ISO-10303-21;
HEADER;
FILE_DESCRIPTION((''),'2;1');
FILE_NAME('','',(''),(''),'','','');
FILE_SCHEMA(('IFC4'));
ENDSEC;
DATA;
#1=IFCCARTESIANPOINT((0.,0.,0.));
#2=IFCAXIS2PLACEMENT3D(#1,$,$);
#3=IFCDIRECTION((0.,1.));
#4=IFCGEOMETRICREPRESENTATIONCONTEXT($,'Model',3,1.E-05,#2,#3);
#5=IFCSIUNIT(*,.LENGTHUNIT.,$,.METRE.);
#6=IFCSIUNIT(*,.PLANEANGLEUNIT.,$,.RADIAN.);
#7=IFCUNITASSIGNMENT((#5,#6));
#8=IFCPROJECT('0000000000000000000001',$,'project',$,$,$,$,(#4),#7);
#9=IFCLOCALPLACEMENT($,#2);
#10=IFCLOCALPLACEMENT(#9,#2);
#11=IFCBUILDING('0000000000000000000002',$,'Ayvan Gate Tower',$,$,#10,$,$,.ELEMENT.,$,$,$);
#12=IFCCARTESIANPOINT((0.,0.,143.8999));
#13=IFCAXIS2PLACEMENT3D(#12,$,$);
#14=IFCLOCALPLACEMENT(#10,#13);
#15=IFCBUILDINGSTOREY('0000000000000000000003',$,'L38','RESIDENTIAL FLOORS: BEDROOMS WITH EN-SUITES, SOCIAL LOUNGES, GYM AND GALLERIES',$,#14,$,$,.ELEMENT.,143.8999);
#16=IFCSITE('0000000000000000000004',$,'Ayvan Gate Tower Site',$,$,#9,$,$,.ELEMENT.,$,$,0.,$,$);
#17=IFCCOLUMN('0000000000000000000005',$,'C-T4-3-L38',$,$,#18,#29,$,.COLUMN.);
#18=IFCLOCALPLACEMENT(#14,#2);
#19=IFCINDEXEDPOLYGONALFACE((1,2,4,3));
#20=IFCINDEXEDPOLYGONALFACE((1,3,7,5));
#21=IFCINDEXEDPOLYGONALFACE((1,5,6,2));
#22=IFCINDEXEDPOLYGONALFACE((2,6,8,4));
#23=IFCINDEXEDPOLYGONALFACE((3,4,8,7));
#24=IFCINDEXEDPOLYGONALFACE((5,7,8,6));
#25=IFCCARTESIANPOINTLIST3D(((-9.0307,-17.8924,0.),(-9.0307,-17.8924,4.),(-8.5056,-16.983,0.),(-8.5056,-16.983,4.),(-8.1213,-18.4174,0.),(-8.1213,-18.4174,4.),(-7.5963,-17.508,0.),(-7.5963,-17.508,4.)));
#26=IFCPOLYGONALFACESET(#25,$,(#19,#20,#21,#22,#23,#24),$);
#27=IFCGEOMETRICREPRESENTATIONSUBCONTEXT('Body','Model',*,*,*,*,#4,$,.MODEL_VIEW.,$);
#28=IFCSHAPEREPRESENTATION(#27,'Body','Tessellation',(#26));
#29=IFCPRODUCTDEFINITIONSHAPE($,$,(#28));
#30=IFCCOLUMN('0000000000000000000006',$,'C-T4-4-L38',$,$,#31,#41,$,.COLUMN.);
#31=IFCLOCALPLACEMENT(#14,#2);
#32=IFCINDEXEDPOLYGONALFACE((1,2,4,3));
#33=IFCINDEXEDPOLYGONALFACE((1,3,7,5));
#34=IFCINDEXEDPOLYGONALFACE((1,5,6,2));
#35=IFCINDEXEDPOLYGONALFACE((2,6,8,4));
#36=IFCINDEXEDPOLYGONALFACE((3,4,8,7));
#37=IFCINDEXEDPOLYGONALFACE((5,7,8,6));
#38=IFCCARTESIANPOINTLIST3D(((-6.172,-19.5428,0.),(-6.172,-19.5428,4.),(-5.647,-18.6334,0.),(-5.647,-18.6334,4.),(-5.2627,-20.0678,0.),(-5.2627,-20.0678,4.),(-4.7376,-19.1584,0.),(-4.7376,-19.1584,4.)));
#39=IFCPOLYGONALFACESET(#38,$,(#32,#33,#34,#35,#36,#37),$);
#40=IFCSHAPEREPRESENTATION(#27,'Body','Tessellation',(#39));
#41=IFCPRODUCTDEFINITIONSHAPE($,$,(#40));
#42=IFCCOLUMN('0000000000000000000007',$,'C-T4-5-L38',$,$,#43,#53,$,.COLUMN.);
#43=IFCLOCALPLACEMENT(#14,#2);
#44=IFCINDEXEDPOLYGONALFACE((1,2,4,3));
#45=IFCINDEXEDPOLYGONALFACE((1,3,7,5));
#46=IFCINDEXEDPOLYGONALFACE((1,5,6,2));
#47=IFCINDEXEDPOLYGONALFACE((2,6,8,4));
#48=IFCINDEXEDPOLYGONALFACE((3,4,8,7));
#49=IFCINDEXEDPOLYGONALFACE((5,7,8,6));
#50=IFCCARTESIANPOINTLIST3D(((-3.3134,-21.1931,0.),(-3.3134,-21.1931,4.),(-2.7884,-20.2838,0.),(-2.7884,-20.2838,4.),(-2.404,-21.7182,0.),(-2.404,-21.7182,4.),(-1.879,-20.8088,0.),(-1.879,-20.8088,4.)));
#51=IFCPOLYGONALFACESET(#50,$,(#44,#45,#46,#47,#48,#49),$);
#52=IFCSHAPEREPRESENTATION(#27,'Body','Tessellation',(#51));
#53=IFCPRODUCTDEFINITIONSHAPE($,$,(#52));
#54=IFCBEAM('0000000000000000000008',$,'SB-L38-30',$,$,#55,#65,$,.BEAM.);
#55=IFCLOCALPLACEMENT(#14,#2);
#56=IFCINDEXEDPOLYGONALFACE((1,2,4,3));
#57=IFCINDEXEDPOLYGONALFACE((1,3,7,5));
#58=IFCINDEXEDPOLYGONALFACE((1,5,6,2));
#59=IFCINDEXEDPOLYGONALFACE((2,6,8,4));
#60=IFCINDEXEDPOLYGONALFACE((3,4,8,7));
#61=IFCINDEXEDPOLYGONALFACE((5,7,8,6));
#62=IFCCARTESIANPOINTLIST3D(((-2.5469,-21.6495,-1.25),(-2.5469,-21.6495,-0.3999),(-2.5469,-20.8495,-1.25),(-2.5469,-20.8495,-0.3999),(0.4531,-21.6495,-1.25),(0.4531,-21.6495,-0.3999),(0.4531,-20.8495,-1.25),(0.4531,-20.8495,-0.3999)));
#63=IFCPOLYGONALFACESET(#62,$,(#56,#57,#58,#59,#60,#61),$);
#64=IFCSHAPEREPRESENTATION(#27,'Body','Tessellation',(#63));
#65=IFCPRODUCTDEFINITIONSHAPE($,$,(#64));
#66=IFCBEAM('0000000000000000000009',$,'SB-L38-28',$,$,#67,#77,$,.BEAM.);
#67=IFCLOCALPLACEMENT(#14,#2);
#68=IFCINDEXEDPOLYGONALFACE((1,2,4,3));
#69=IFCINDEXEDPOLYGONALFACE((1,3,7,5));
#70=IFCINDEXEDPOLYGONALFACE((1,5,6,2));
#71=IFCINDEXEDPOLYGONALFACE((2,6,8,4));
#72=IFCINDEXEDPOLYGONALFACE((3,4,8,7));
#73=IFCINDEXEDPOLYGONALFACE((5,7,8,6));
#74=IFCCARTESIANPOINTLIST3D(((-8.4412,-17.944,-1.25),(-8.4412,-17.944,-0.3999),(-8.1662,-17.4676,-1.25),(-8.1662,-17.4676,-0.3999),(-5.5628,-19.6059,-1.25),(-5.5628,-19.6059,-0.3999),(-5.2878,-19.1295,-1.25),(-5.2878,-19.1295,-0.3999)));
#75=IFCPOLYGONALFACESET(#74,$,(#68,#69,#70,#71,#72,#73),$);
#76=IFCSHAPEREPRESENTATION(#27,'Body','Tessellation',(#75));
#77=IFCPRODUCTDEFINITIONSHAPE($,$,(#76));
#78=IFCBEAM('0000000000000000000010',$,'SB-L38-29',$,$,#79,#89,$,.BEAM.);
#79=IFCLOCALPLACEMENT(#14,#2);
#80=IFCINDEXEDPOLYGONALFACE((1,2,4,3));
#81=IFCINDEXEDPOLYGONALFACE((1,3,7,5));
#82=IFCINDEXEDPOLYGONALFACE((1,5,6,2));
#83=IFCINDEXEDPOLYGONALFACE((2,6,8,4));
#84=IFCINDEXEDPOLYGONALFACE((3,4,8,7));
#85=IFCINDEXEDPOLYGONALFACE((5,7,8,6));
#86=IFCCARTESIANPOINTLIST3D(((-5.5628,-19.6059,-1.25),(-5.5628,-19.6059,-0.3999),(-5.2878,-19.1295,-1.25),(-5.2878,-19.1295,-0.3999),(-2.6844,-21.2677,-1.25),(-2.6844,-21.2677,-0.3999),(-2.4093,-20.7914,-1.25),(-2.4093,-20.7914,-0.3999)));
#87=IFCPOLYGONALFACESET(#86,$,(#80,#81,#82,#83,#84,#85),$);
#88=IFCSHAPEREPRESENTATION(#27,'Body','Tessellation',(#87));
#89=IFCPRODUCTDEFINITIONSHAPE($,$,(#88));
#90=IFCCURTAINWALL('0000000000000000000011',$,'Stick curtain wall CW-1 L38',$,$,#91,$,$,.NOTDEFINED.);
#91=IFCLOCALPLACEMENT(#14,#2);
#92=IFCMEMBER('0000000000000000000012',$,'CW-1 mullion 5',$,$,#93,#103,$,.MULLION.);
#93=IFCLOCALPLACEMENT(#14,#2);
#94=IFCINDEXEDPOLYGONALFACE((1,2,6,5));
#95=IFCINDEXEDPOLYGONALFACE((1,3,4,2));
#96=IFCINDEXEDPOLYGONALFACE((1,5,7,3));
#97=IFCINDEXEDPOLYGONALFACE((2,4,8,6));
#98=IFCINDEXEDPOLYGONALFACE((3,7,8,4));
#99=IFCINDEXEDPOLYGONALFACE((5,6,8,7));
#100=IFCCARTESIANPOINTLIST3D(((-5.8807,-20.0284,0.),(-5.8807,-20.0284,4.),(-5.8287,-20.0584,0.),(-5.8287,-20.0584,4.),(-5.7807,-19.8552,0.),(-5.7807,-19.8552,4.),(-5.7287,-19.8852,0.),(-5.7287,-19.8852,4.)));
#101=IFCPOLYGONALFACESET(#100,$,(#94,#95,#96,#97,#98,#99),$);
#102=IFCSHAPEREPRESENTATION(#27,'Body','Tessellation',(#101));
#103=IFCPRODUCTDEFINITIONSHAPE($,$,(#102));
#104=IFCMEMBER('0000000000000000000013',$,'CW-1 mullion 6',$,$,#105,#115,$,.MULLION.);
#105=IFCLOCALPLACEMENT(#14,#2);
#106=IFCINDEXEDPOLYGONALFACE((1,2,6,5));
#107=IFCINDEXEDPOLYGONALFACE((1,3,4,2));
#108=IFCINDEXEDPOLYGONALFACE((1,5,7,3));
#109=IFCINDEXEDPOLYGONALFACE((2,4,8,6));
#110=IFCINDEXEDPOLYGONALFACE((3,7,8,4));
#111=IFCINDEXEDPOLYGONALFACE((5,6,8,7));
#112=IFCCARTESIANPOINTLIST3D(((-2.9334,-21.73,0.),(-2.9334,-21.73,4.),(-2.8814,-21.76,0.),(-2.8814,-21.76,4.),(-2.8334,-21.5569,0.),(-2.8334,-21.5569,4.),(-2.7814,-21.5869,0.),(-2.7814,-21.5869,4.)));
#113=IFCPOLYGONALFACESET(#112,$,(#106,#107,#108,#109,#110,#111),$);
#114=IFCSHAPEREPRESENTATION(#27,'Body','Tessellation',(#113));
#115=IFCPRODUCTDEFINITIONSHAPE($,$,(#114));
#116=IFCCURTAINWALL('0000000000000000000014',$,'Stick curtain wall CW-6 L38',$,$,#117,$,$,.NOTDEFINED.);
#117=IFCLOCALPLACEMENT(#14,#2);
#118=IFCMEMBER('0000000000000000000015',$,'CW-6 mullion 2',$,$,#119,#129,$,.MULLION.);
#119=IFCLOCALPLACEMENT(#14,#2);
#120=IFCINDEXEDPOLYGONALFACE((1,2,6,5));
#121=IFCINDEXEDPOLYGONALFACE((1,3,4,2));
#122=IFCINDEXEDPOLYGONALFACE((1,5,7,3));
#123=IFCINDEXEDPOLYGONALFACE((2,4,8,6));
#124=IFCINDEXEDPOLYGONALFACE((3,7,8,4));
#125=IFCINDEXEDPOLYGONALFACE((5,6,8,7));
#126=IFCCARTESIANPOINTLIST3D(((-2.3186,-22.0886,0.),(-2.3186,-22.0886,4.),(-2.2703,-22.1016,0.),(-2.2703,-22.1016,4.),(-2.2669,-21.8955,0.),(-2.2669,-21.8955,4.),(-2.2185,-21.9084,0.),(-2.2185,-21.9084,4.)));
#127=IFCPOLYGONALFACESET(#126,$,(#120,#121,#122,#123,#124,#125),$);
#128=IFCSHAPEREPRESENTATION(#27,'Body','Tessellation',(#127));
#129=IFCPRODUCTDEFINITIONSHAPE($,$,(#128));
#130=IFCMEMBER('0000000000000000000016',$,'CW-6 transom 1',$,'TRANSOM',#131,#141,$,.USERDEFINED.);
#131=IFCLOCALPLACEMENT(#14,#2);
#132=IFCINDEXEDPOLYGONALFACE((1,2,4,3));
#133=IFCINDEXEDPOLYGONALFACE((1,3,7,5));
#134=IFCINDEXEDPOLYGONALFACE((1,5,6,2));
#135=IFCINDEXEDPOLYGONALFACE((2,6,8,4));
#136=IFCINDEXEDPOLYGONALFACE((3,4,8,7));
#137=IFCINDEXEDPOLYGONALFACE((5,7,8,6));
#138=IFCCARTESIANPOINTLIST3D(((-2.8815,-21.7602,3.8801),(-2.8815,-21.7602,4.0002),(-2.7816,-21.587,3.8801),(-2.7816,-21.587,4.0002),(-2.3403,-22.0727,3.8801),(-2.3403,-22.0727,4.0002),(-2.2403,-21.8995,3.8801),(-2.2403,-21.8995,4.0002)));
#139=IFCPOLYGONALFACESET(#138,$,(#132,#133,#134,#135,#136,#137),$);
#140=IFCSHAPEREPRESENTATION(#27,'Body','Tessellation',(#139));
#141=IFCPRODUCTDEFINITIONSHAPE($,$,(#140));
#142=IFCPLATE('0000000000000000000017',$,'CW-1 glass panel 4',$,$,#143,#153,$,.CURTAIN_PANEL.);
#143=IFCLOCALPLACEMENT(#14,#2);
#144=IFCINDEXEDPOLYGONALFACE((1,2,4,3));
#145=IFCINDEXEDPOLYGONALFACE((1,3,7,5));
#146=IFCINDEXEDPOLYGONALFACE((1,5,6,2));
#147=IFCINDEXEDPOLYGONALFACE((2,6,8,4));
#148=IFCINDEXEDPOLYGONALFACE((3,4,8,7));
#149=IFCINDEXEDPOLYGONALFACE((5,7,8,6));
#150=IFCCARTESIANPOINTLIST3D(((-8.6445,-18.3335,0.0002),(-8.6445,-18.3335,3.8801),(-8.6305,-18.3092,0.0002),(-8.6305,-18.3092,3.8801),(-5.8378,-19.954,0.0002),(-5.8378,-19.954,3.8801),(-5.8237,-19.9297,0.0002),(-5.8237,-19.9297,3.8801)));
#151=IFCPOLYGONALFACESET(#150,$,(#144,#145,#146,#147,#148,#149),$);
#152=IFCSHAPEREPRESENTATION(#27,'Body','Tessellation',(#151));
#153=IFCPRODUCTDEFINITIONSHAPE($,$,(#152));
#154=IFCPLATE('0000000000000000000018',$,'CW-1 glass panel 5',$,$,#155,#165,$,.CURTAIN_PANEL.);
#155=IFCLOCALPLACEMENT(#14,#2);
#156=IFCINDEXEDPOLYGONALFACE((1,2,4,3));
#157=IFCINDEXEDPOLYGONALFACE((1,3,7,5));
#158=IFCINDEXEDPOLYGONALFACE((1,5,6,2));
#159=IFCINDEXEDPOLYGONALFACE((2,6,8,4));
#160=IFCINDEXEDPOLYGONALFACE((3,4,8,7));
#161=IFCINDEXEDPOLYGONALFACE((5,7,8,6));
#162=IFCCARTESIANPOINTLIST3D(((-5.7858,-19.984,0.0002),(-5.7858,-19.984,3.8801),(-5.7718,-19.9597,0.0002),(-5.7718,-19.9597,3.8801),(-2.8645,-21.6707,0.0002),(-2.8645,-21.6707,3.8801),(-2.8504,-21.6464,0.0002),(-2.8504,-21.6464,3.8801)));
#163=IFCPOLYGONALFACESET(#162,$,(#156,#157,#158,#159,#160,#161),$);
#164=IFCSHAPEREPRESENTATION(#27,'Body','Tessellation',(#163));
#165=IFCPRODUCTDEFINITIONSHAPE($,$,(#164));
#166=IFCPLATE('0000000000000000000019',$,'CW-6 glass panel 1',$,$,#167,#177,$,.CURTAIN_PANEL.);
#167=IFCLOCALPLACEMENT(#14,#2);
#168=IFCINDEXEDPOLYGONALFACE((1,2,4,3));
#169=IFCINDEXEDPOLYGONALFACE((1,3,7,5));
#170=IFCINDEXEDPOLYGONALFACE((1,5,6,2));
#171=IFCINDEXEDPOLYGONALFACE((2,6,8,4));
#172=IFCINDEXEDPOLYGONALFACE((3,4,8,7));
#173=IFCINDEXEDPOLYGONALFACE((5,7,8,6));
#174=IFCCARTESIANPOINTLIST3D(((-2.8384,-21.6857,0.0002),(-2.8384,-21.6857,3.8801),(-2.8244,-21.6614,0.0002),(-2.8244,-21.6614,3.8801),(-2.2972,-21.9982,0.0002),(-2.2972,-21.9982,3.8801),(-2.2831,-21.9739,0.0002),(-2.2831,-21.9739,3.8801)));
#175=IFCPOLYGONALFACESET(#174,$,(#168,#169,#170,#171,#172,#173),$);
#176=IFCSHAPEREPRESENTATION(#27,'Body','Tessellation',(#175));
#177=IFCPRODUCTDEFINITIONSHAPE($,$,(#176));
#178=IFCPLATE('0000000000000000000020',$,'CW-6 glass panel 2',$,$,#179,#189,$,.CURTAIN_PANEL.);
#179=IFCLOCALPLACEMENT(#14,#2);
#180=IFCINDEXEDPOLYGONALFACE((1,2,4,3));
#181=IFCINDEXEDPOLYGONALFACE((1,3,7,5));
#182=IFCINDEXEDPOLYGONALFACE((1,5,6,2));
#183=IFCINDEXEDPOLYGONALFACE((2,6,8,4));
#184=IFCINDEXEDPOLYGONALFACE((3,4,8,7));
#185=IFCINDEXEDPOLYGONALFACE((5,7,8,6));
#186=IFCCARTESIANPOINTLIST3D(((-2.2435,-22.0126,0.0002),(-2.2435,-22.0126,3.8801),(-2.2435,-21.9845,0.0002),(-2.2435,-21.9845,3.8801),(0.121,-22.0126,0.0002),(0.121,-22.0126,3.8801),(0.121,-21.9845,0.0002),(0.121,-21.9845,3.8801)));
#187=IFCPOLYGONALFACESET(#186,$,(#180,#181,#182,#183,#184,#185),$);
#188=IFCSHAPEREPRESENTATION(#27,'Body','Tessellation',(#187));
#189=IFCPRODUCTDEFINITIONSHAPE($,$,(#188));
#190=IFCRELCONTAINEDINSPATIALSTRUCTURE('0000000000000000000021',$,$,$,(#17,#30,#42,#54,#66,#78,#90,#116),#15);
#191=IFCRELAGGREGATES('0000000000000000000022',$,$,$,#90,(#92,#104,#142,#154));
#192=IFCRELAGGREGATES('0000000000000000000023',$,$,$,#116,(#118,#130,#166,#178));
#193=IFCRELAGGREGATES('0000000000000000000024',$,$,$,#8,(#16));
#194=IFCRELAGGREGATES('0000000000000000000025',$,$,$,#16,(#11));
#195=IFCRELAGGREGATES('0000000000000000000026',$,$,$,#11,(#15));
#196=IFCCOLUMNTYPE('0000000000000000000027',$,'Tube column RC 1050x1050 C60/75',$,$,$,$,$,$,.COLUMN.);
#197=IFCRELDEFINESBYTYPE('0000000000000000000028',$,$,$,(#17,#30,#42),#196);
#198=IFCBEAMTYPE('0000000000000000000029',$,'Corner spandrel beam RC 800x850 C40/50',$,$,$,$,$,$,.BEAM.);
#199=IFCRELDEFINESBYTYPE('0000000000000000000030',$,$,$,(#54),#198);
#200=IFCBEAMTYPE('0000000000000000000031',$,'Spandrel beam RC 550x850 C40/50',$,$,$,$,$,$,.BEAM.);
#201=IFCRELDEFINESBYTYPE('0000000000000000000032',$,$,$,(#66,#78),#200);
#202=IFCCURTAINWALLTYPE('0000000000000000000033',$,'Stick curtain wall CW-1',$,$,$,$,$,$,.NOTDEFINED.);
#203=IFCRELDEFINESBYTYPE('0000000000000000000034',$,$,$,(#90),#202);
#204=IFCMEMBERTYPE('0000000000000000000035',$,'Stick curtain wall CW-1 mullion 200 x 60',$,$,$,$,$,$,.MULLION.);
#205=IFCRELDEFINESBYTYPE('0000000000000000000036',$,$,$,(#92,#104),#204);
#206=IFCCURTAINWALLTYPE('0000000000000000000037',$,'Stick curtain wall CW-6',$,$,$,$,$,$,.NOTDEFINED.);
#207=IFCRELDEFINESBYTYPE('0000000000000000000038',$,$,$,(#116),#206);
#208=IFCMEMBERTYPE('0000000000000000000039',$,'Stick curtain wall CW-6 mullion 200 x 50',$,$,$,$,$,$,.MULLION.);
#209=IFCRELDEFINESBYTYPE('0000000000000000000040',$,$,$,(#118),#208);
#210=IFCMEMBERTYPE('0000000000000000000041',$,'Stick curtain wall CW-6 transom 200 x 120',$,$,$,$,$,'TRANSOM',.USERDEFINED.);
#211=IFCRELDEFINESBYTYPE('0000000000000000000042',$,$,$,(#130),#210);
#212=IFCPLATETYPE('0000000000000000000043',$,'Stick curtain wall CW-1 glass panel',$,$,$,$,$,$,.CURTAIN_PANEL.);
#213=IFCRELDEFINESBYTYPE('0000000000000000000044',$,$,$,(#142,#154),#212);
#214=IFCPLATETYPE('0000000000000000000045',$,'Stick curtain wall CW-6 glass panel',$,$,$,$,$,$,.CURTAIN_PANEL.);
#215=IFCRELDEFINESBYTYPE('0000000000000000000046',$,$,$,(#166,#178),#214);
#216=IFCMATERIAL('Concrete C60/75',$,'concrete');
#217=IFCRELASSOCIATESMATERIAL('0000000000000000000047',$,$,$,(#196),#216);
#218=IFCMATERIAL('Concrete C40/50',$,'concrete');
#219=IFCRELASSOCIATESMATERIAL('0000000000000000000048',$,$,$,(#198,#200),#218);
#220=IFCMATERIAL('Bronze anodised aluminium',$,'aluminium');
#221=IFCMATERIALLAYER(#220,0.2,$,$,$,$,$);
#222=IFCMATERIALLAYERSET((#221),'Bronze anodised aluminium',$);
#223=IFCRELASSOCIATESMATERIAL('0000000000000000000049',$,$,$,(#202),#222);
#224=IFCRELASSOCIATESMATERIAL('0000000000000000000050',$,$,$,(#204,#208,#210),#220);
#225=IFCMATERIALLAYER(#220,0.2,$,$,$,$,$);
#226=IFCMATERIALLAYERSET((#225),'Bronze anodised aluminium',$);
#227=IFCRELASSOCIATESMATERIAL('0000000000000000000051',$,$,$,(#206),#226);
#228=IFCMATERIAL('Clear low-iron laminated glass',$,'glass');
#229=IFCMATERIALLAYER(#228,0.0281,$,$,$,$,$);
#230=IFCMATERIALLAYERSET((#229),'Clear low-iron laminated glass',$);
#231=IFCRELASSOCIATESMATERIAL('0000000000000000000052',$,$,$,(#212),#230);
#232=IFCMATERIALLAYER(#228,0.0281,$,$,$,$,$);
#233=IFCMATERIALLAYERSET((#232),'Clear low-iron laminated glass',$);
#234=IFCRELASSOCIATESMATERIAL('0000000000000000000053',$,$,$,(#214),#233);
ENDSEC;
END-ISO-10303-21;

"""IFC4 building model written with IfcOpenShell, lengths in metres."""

from ifc_helpers import new_model, si_unit, direction, frame, origin, origin_2d, place, context, subcontext, project, spatial, rectangle, extrude, material, layer, layer_set, material_profile, profile_set, type_object, element, aggregate, save


model = new_model("IFC4")

# Units and contexts
model_context = context("Model", 3, precision=1e-05, world=origin(), true_north=direction((0.0, 1.0)))
body_context = subcontext(model_context, "Body", "Model", "MODEL_VIEW")
ifc_project = project(units=[si_unit("LENGTHUNIT", "METRE"), si_unit("PLANEANGLEUNIT", "RADIAN")], contexts=[model_context])

# Site, building, storey
site_placement = place(None, origin())
site = spatial("IfcSite", under=ifc_project, at=site_placement, Name="Ayvan Gate Tower Site", CompositionType="ELEMENT", RefElevation=0.0)
building_placement = place(site_placement, origin())
building = spatial("IfcBuilding", under=site, at=building_placement, Name="Ayvan Gate Tower", CompositionType="ELEMENT")
storey_placement = place(building_placement, frame((0.0, 0.0, 143.8999)))
storey = spatial("IfcBuildingStorey", under=building, at=storey_placement, Name="L38", Description="RESIDENTIAL FLOORS: BEDROOMS WITH EN-SUITES, SOCIAL LOUNGES, GYM AND GALLERIES", CompositionType="ELEMENT", Elevation=143.8999)

# Columns
ifc_material_1 = material(Name="Concrete C60/75", Category="concrete")
ifc_material_profile_1 = material_profile(ifc_material_1, rectangle(XDim=1.05, YDim=1.05, at=origin_2d()), Name="RC 1050x1050")
ifc_profile_set_1 = profile_set([ifc_material_profile_1], Name="Concrete C60/75")
column_type = type_object("IfcColumnType", Name="Tube column RC 1050x1050 C60/75", PredefinedType="COLUMN", material=ifc_profile_set_1)
for number, where, z_axis, x_axis, name in (
    (1, (-8.3135, -17.7002, 0.0), (0.0, 0.0, 1.0), (-0.5, -0.866025, 0.0), "C-T4-3-L38"),
    (2, (-5.4548, -19.3506, 0.0), (0.0, 0.0, 1.0), (-0.5, -0.866025, 0.0), "C-T4-4-L38"),
    (3, (-2.5962, -21.001, 0.0), (0.0, 0.0, 1.0), (-0.5, -0.866025, 0.0), "C-T4-5-L38"),
):
    element("IfcColumn", number, at=place(storey_placement, frame(where, z_axis=z_axis, x_axis=x_axis)), inside=storey, type_object=column_type, Name=name, PredefinedType="COLUMN", context=body_context, shape_type="SweptSolid", body=[
        extrude(rectangle(XDim=1.05, YDim=1.05, at=origin_2d()), origin(), (0.0, 0.0, 1.0), 4.0),
    ])

# Beams
ifc_material_2 = material(Name="Concrete C40/50", Category="concrete")
ifc_material_profile_2 = material_profile(ifc_material_2, rectangle(XDim=0.8, YDim=0.8501, at=origin_2d()), Name="RC 800x850")
ifc_profile_set_2 = profile_set([ifc_material_profile_2], Name="Concrete C40/50")
beam_type_1 = type_object("IfcBeamType", Name="Corner spandrel beam RC 800x850 C40/50", PredefinedType="BEAM", material=ifc_profile_set_2)
beam_placement = place(storey_placement, frame((-2.5469, -21.2495, -0.825), z_axis=(1.0, 0.0, 0.0), x_axis=(0.0, 1.0, 0.0)))
element("IfcBeam", 4, at=beam_placement, inside=storey, type_object=beam_type_1, Name="SB-L38-30", PredefinedType="BEAM", context=body_context, shape_type="SweptSolid", body=[
    extrude(rectangle(XDim=0.8, YDim=0.8501, at=origin_2d()), origin(), (0.0, 0.0, 1.0), 3.0),
])
ifc_material_profile_3 = material_profile(ifc_material_2, rectangle(XDim=0.55, YDim=0.8501, at=origin_2d()), Name="RC 550x850")
ifc_profile_set_3 = profile_set([ifc_material_profile_3], Name="Concrete C40/50")
beam_type_2 = type_object("IfcBeamType", Name="Spandrel beam RC 550x850 C40/50", PredefinedType="BEAM", material=ifc_profile_set_3)
for number, where, z_axis, x_axis, name in (
    (5, (-8.3037, -17.7058, -0.825), (0.866024, -0.500002, 0.0), (0.500002, 0.866024, 0.0), "SB-L38-28"),
    (6, (-5.4253, -19.3677, -0.825), (0.866024, -0.500002, 0.0), (0.500002, 0.866024, 0.0), "SB-L38-29"),
):
    element("IfcBeam", number, at=place(storey_placement, frame(where, z_axis=z_axis, x_axis=x_axis)), inside=storey, type_object=beam_type_2, Name=name, PredefinedType="BEAM", context=body_context, shape_type="SweptSolid", body=[
        extrude(rectangle(XDim=0.55, YDim=0.8501, at=origin_2d()), origin(), (0.0, 0.0, 1.0), 3.3237),
    ])

# Curtain walls, members
ifc_material_3 = material(Name="Bronze anodised aluminium", Category="aluminium")
ifc_layer_1 = layer(ifc_material_3, 0.2)
ifc_layer_set_1 = layer_set([ifc_layer_1], Name="Bronze anodised aluminium")
curtain_wall_type_1 = type_object("IfcCurtainWallType", Name="Stick curtain wall CW-1", PredefinedType="NOTDEFINED", material=ifc_layer_set_1)
curtain_wall_1_placement = place(storey_placement, origin())
curtain_wall_1 = element("IfcCurtainWall", 7, at=curtain_wall_1_placement, inside=storey, type_object=curtain_wall_type_1, Name="Stick curtain wall CW-1 L38", PredefinedType="NOTDEFINED")
ifc_material_profile_4 = material_profile(ifc_material_3, rectangle(XDim=0.2, YDim=0.0601, at=origin_2d()), Name="Stick curtain wall CW-1 mullion 200 x 60")
ifc_profile_set_4 = profile_set([ifc_material_profile_4], Name="Bronze anodised aluminium")
member_type_1 = type_object("IfcMemberType", Name="Stick curtain wall CW-1 mullion 200 x 60", PredefinedType="MULLION", material=ifc_profile_set_4)
member_1_placement = place(storey_placement, frame((-5.8047, -19.9568, 0.0), z_axis=(0.0, 0.0, 1.0), x_axis=(-0.5, -0.866025, 0.0)))
member_1 = element("IfcMember", 8, at=member_1_placement, type_object=member_type_1, Name="CW-1 mullion 5", PredefinedType="MULLION", context=body_context, shape_type="SweptSolid", body=[
    extrude(rectangle(XDim=0.2, YDim=0.0601, at=origin_2d()), origin(), (0.0, 0.0, 1.0), 4.0),
])
member_2_placement = place(storey_placement, frame((-2.8574, -21.6584, 0.0), z_axis=(0.0, 0.0, 1.0), x_axis=(-0.5, -0.866025, 0.0)))
member_2 = element("IfcMember", 9, at=member_2_placement, type_object=member_type_1, Name="CW-1 mullion 6", PredefinedType="MULLION", context=body_context, shape_type="SweptSolid", body=[
    extrude(rectangle(XDim=0.2, YDim=0.0601, at=origin_2d()), origin(), (0.0, 0.0, 1.0), 4.0),
])
ifc_layer_2 = layer(ifc_material_3, 0.2)
ifc_layer_set_2 = layer_set([ifc_layer_2], Name="Bronze anodised aluminium")
curtain_wall_type_2 = type_object("IfcCurtainWallType", Name="Stick curtain wall CW-6", PredefinedType="NOTDEFINED", material=ifc_layer_set_2)
curtain_wall_2_placement = place(storey_placement, origin())
curtain_wall_2 = element("IfcCurtainWall", 10, at=curtain_wall_2_placement, inside=storey, type_object=curtain_wall_type_2, Name="Stick curtain wall CW-6 L38", PredefinedType="NOTDEFINED")
ifc_material_profile_5 = material_profile(ifc_material_3, rectangle(XDim=0.2, YDim=0.05, at=origin_2d()), Name="Stick curtain wall CW-6 mullion 200 x 50")
ifc_profile_set_5 = profile_set([ifc_material_profile_5], Name="Bronze anodised aluminium")
member_type_2 = type_object("IfcMemberType", Name="Stick curtain wall CW-6 mullion 200 x 50", PredefinedType="MULLION", material=ifc_profile_set_5)
member_3_placement = place(storey_placement, frame((-2.2686, -21.9985, 0.0), z_axis=(0.0, 0.0, 1.0), x_axis=(-0.258819, -0.965926, 0.0)))
member_3 = element("IfcMember", 11, at=member_3_placement, type_object=member_type_2, Name="CW-6 mullion 2", PredefinedType="MULLION", context=body_context, shape_type="SweptSolid", body=[
    extrude(rectangle(XDim=0.2, YDim=0.05, at=origin_2d()), origin(), (0.0, 0.0, 1.0), 4.0),
])
ifc_material_profile_6 = material_profile(ifc_material_3, rectangle(XDim=0.2, YDim=0.1201, at=origin_2d()), Name="Stick curtain wall CW-6 transom 200 x 120")
ifc_profile_set_6 = profile_set([ifc_material_profile_6], Name="Bronze anodised aluminium")
member_type_3 = type_object("IfcMemberType", Name="Stick curtain wall CW-6 transom 200 x 120", ElementType="TRANSOM", PredefinedType="USERDEFINED", material=ifc_profile_set_6)
member_4_placement = place(storey_placement, frame((-2.8315, -21.6736, 3.9402), z_axis=(0.866023, -0.500004, 0.0), x_axis=(0.500004, 0.866023, 0.0)))
member_4 = element("IfcMember", 12, at=member_4_placement, type_object=member_type_3, Name="CW-6 transom 1", ObjectType="TRANSOM", PredefinedType="USERDEFINED", context=body_context, shape_type="SweptSolid", body=[
    extrude(rectangle(XDim=0.2, YDim=0.1201, at=origin_2d()), origin(), (0.0, 0.0, 1.0), 0.625),
])

# Plates
ifc_material_4 = material(Name="Clear low-iron laminated glass", Category="glass")
ifc_layer_3 = layer(ifc_material_4, 0.0281)
ifc_layer_set_3 = layer_set([ifc_layer_3], Name="Clear low-iron laminated glass")
plate_type_1 = type_object("IfcPlateType", Name="Stick curtain wall CW-1 glass panel", PredefinedType="CURTAIN_PANEL", material=ifc_layer_set_3)
plate_1_placement = place(storey_placement, frame((-7.2341, -19.1316, 0.0002), z_axis=(0.0, 0.0, 1.0), x_axis=(0.866025, -0.5, 0.0)))
plate_1 = element("IfcPlate", 13, at=plate_1_placement, type_object=plate_type_1, Name="CW-1 glass panel 4", PredefinedType="CURTAIN_PANEL", context=body_context, shape_type="SweptSolid", body=[
    extrude(rectangle(XDim=3.241, YDim=0.0281, at=origin_2d()), origin(), (0.0, 0.0, 1.0), 3.8799),
])
plate_2_placement = place(storey_placement, frame((-4.3181, -20.8152, 0.0002), z_axis=(0.0, 0.0, 1.0), x_axis=(0.866025, -0.5, 0.0)))
plate_2 = element("IfcPlate", 14, at=plate_2_placement, type_object=plate_type_1, Name="CW-1 glass panel 5", PredefinedType="CURTAIN_PANEL", context=body_context, shape_type="SweptSolid", body=[
    extrude(rectangle(XDim=3.3733, YDim=0.0281, at=origin_2d()), origin(), (0.0, 0.0, 1.0), 3.8799),
])
aggregate(curtain_wall_1, [member_1, member_2, plate_1, plate_2])
ifc_layer_4 = layer(ifc_material_4, 0.0281)
ifc_layer_set_4 = layer_set([ifc_layer_4], Name="Clear low-iron laminated glass")
plate_type_2 = type_object("IfcPlateType", Name="Stick curtain wall CW-6 glass panel", PredefinedType="CURTAIN_PANEL", material=ifc_layer_set_4)
plate_3_placement = place(storey_placement, frame((-2.5608, -21.8298, 0.0002), z_axis=(0.0, 0.0, 1.0), x_axis=(0.866025, -0.5, 0.0)))
plate_3 = element("IfcPlate", 15, at=plate_3_placement, type_object=plate_type_2, Name="CW-6 glass panel 1", PredefinedType="CURTAIN_PANEL", context=body_context, shape_type="SweptSolid", body=[
    extrude(rectangle(XDim=0.625, YDim=0.0281, at=origin_2d()), origin(), (0.0, 0.0, 1.0), 3.8799),
])
plate_4_placement = place(storey_placement, frame((-1.0613, -21.9985, 0.0002), z_axis=(0.0, 0.0, 1.0), x_axis=(1.0, 0.0, 0.0)))
plate_4 = element("IfcPlate", 16, at=plate_4_placement, type_object=plate_type_2, Name="CW-6 glass panel 2", PredefinedType="CURTAIN_PANEL", context=body_context, shape_type="SweptSolid", body=[
    extrude(rectangle(XDim=2.3645, YDim=0.0281, at=origin_2d()), origin(), (0.0, 0.0, 1.0), 3.8799),
])
aggregate(curtain_wall_2, [member_3, member_4, plate_3, plate_4])

save(model, "model.ifc")
